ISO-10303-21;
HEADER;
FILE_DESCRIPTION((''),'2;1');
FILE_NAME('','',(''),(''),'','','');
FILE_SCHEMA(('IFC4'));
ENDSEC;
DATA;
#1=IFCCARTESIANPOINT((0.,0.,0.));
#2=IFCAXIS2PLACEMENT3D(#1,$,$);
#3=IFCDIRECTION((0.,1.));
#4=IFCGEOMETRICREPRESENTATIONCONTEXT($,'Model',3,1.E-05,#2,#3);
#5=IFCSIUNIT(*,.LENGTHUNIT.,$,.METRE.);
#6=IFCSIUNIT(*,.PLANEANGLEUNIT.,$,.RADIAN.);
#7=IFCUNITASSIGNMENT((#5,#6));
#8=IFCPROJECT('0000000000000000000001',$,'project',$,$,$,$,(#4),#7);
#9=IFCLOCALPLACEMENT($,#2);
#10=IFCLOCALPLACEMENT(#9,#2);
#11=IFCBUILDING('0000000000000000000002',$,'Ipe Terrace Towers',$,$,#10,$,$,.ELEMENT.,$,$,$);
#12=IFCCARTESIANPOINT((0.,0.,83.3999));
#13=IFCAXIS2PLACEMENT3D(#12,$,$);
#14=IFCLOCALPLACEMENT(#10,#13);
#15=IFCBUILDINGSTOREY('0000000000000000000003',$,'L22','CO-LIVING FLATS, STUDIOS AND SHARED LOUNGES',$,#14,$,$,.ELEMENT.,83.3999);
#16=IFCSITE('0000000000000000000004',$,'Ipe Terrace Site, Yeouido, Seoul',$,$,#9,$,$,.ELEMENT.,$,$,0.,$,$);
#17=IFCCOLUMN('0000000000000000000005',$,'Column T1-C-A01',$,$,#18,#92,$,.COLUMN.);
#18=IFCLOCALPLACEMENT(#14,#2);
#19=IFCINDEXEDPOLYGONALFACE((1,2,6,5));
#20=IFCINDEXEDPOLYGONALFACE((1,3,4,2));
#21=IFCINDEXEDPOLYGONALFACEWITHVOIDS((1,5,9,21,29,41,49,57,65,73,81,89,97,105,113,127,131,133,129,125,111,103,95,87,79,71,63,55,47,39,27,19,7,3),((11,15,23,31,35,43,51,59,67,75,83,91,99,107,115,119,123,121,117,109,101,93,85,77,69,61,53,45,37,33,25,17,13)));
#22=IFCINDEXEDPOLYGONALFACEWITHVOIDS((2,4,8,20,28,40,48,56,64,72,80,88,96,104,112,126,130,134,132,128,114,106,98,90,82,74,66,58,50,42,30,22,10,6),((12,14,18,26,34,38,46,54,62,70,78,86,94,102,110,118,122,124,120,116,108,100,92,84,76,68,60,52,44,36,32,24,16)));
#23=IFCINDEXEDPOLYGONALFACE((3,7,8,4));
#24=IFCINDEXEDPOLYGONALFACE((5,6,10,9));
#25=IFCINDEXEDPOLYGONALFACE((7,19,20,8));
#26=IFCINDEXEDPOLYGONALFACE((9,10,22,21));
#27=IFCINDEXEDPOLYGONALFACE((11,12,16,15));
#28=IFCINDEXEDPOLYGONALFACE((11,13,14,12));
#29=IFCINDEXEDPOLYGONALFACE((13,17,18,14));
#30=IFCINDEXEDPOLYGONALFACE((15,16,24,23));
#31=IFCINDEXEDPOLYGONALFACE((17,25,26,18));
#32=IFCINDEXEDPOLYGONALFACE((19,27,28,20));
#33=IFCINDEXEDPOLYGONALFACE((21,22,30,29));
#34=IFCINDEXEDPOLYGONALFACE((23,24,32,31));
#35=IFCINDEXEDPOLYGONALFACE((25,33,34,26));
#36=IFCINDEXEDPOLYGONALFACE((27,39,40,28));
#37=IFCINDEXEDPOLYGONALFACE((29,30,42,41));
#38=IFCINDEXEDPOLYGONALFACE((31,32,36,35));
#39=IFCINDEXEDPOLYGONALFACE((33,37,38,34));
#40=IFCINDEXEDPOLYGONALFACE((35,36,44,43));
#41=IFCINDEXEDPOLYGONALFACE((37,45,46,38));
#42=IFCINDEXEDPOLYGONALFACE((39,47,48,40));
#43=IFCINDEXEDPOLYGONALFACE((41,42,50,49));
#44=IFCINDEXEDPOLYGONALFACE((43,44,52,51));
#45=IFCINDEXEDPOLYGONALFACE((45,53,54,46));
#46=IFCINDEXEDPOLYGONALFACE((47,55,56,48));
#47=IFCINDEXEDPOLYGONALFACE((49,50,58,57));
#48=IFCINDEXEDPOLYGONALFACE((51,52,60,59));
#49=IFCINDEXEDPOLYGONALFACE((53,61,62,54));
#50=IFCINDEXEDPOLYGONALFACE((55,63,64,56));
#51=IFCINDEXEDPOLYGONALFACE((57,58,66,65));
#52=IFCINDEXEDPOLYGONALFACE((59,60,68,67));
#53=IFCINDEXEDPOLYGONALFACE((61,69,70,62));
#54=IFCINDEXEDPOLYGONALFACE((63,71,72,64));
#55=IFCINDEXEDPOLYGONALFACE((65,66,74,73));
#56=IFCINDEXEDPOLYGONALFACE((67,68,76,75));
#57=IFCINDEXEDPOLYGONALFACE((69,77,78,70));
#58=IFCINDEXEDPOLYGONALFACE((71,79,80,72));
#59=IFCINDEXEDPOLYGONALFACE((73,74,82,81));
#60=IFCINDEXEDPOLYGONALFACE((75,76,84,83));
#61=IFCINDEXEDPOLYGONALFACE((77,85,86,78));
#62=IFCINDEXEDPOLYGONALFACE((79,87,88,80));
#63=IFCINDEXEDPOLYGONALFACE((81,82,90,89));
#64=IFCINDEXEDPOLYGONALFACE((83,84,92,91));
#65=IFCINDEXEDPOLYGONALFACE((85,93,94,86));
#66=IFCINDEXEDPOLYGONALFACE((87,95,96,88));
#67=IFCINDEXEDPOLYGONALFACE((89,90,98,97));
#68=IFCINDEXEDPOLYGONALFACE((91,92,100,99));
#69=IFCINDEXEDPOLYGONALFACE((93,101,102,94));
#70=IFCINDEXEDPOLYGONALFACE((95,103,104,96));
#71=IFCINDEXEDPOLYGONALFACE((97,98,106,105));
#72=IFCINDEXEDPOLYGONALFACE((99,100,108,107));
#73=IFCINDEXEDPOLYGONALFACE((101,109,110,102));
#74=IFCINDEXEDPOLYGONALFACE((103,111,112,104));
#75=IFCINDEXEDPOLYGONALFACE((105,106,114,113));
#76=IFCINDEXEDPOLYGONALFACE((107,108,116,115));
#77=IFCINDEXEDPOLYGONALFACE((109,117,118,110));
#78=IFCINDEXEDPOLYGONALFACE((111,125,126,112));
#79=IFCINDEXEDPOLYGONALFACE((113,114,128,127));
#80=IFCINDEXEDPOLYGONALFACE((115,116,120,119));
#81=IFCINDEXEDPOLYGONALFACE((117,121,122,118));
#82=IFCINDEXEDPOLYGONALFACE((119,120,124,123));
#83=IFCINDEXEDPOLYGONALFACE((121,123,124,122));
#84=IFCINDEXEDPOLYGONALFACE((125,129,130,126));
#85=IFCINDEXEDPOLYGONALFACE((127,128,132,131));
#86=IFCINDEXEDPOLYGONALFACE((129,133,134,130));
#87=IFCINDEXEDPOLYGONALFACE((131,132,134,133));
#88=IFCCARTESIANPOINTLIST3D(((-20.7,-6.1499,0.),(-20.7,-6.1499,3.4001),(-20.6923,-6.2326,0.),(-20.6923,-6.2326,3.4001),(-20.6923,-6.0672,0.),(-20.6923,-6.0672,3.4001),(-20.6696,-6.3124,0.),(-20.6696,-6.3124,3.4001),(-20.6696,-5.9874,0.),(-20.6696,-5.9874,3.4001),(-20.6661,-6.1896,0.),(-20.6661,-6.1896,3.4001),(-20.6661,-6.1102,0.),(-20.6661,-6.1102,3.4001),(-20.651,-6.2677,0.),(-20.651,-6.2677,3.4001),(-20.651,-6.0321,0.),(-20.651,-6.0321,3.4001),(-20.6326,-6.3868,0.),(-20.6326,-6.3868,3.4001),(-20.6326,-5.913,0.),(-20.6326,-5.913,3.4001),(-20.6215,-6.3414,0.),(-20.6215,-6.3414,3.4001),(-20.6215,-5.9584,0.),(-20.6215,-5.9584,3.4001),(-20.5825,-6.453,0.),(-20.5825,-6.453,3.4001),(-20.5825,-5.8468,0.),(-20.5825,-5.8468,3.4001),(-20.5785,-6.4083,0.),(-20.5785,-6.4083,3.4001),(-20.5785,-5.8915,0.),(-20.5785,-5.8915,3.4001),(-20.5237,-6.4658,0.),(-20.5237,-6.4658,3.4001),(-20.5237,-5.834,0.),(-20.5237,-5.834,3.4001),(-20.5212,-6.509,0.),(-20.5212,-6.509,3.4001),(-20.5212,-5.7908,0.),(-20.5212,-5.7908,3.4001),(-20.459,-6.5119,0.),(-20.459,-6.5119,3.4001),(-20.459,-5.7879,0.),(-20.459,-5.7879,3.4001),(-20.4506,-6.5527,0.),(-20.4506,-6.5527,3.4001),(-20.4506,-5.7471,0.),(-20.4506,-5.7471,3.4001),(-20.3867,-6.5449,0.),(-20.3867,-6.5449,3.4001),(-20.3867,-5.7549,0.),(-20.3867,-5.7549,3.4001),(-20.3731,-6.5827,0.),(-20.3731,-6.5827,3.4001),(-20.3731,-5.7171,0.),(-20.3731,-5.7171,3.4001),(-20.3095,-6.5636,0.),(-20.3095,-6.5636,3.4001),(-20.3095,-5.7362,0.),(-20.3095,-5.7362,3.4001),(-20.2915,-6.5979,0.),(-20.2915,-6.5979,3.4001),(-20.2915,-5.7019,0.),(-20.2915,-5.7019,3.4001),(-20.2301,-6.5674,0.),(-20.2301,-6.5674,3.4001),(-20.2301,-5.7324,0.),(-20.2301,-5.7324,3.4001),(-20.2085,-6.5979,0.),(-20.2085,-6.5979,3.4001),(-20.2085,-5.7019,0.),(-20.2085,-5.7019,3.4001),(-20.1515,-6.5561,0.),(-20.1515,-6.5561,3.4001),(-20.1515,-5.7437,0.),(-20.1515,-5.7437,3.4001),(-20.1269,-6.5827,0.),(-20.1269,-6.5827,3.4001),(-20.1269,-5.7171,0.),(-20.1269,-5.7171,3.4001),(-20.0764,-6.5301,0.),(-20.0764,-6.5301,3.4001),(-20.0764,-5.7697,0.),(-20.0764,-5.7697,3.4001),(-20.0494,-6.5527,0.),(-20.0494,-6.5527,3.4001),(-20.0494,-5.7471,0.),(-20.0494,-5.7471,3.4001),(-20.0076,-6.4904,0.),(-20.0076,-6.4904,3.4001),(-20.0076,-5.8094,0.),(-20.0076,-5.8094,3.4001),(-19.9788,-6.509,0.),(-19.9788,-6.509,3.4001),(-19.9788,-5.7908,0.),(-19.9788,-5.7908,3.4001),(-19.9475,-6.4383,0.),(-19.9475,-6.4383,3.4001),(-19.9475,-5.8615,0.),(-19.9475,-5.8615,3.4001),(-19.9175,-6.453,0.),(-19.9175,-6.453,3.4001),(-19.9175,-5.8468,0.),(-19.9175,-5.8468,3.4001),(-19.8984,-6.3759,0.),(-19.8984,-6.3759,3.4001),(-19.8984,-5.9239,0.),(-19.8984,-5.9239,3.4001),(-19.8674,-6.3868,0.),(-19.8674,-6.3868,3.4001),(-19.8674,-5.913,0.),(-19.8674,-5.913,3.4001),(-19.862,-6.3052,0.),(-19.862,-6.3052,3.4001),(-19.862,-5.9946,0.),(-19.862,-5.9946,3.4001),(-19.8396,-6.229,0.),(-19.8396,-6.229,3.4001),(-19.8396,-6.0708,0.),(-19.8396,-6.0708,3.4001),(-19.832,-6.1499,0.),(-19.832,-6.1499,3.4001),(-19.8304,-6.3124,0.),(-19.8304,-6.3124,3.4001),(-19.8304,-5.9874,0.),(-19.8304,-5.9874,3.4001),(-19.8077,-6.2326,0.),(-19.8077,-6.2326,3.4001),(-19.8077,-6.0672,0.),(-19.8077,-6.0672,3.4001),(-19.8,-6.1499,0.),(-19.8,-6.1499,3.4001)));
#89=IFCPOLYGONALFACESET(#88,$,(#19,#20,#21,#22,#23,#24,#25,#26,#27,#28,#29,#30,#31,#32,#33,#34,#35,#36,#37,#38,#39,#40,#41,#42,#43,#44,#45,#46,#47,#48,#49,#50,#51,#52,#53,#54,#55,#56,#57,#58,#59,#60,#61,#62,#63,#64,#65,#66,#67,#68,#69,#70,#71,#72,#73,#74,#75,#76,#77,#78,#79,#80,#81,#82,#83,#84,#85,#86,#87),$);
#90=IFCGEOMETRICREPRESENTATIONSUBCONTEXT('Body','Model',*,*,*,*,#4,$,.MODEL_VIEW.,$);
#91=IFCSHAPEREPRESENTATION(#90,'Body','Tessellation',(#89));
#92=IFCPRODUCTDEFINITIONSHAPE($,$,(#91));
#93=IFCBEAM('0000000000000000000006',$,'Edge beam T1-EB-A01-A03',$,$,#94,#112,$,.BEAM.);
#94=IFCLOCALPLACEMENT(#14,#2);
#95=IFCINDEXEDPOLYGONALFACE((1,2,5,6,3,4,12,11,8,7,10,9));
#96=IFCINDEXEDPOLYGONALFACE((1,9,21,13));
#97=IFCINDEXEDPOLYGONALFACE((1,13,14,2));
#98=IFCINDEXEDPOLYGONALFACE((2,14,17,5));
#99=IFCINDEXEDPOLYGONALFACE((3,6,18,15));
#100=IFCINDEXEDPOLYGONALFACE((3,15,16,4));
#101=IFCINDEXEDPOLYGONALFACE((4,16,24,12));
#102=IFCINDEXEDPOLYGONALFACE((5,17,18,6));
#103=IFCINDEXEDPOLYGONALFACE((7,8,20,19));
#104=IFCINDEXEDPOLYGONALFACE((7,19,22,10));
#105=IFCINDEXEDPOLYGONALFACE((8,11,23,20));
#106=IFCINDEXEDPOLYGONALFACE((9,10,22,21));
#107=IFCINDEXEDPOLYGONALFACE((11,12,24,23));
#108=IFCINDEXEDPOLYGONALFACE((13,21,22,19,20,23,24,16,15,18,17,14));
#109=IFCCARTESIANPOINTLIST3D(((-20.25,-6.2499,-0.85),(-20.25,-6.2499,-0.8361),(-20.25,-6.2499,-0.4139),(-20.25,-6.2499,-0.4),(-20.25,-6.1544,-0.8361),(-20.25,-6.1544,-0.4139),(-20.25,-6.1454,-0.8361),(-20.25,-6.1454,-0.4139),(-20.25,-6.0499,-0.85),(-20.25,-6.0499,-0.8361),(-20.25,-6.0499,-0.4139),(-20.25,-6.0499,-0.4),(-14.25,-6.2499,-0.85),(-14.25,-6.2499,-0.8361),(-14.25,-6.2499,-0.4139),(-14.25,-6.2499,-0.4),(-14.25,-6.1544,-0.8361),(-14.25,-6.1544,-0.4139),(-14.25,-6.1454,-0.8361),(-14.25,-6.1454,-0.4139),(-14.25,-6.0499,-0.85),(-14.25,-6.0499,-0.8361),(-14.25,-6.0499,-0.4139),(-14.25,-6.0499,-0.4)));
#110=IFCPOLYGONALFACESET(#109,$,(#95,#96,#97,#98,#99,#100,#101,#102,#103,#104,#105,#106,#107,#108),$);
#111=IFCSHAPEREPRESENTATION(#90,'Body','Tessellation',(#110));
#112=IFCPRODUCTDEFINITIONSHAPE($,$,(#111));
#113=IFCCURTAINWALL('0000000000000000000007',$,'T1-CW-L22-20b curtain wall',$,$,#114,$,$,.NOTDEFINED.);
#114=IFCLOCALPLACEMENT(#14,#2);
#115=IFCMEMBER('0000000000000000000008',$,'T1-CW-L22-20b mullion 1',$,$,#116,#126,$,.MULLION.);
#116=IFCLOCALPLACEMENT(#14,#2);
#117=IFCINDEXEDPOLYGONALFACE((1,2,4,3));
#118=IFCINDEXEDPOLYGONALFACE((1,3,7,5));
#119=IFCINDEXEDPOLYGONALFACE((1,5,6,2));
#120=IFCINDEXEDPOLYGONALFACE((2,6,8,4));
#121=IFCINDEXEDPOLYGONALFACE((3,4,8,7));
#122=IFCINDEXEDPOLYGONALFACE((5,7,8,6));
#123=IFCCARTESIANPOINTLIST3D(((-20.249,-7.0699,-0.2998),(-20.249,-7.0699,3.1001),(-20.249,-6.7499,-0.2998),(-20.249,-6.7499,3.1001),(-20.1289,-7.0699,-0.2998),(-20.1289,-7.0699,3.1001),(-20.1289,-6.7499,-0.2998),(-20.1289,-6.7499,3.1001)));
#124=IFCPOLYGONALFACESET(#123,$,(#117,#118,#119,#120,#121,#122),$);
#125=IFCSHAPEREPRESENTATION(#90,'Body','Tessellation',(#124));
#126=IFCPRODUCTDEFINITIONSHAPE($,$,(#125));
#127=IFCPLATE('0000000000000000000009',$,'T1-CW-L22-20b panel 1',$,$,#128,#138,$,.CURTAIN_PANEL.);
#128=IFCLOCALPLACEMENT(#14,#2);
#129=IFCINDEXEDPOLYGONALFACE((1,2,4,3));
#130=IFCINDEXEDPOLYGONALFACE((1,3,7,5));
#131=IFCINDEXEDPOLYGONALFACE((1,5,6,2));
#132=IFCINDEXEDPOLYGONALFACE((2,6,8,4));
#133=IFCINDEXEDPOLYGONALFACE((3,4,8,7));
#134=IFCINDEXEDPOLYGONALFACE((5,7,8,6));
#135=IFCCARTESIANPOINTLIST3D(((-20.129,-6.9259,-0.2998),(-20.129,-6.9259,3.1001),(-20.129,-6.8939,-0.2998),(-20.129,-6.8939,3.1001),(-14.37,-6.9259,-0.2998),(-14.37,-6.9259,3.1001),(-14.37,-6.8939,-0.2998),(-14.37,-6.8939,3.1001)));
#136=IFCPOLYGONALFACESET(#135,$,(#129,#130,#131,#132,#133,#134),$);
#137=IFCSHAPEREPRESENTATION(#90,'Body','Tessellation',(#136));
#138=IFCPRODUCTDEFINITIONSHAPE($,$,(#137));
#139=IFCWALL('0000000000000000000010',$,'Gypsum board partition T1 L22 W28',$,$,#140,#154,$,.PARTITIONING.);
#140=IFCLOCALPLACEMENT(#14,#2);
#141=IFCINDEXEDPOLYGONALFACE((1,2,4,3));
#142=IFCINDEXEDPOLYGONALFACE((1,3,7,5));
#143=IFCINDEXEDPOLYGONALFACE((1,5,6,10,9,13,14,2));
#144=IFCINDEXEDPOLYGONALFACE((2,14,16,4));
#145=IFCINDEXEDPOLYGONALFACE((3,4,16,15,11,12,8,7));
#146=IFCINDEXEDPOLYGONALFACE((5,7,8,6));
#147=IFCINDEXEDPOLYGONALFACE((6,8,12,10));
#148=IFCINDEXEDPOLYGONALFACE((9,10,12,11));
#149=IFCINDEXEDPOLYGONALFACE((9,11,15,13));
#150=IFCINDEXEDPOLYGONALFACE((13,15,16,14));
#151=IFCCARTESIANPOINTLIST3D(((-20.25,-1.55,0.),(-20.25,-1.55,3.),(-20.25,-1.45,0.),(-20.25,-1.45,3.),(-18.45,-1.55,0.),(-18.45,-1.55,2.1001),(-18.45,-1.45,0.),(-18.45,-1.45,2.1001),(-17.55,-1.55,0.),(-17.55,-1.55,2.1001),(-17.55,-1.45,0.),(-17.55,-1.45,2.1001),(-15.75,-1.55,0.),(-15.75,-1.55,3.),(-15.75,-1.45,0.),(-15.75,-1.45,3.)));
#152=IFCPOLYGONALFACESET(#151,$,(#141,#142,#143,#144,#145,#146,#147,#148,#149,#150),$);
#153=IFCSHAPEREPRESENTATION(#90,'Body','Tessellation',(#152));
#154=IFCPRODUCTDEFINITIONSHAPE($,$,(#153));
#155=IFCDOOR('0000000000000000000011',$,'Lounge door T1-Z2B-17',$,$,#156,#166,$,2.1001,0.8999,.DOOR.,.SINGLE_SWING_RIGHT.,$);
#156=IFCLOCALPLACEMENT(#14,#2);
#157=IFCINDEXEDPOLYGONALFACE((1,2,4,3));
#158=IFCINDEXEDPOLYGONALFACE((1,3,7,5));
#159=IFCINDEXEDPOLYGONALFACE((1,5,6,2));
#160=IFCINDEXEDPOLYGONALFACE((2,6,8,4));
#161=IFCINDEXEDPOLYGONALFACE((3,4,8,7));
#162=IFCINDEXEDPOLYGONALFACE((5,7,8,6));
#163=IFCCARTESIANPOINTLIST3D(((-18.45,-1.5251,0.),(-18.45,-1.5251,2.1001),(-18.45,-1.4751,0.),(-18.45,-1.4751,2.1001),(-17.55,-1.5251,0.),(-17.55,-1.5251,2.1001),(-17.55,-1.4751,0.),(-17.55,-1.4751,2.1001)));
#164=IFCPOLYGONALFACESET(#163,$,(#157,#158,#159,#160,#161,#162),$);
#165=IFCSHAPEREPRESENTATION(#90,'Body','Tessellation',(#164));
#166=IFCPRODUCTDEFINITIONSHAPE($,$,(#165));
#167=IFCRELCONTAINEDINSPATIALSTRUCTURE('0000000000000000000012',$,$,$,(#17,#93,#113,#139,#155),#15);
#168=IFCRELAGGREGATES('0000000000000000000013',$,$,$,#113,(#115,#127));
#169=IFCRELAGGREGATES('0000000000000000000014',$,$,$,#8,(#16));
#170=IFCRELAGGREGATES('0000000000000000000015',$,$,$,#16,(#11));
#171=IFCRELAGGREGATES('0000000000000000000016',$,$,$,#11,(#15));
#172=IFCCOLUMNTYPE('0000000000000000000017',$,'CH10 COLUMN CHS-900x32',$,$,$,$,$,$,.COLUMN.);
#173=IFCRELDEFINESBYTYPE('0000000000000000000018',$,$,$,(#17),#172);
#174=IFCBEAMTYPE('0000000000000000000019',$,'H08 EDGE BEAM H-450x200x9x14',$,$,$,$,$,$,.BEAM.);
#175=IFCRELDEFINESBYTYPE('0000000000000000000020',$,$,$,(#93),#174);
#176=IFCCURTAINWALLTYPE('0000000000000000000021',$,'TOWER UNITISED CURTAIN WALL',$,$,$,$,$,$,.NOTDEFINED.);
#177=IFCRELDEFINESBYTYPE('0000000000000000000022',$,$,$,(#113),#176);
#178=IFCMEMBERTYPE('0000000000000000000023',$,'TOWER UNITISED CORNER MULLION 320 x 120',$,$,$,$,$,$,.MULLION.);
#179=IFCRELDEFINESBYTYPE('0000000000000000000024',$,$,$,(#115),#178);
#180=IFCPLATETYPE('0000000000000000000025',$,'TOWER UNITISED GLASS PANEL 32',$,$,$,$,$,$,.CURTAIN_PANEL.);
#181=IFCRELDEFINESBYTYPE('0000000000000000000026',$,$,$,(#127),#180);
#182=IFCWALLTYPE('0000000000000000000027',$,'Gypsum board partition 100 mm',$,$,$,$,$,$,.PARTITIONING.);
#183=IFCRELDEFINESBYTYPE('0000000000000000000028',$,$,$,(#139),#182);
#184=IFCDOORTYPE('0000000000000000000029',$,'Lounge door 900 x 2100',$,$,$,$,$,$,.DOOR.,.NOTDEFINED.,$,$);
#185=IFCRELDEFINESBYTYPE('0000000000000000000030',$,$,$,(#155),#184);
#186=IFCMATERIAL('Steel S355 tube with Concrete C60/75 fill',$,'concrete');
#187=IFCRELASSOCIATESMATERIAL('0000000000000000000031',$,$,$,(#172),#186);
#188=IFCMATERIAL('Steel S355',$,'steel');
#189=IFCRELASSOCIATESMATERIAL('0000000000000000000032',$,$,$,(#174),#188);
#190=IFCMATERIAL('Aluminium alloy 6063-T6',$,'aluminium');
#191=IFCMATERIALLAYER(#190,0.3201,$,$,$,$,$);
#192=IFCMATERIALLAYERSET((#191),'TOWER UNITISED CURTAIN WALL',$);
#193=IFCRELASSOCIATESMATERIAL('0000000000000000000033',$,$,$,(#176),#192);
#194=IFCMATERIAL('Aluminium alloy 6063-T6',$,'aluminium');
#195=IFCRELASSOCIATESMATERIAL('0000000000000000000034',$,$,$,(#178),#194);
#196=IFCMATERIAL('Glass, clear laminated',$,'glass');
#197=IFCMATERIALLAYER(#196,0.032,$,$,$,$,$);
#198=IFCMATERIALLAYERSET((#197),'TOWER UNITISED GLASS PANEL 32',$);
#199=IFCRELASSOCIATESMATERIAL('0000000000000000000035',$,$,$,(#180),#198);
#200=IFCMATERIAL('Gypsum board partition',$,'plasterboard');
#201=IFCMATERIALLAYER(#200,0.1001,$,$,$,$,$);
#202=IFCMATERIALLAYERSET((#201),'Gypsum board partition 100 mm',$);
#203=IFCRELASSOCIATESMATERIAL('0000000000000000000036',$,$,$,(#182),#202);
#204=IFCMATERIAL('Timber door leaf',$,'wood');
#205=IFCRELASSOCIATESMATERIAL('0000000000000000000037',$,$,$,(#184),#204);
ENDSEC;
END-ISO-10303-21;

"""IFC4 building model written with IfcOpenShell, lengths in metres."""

from ifc_helpers import new_model, si_unit, direction, frame, frame_2d, origin, origin_2d, place, context, subcontext, project, spatial, rectangle, hollow_circle, i_section, extrude, material, layer, layer_set, material_profile, profile_set, type_object, element, fill, aggregate, save


model = new_model("IFC4")

# Units and contexts
model_context = context("Model", 3, precision=1e-05, world=origin(), true_north=direction((0.0, 1.0)))
body_context = subcontext(model_context, "Body", "Model", "MODEL_VIEW")
ifc_project = project(units=[si_unit("LENGTHUNIT", "METRE"), si_unit("PLANEANGLEUNIT", "RADIAN")], contexts=[model_context])

# Site, building, storey
site_placement = place(None, origin())
site = spatial("IfcSite", under=ifc_project, at=site_placement, Name="Ipe Terrace Site, Yeouido, Seoul", CompositionType="ELEMENT", RefElevation=0.0)
building_placement = place(site_placement, origin())
building = spatial("IfcBuilding", under=site, at=building_placement, Name="Ipe Terrace Towers", CompositionType="ELEMENT")
storey_placement = place(building_placement, frame((0.0, 0.0, 83.3999)))
storey = spatial("IfcBuildingStorey", under=building, at=storey_placement, Name="L22", Description="CO-LIVING FLATS, STUDIOS AND SHARED LOUNGES", CompositionType="ELEMENT", Elevation=83.3999)

# Column
ifc_material_1 = material(Name="Steel S355 tube with Concrete C60/75 fill", Category="concrete")
ifc_material_profile_1 = material_profile(ifc_material_1, hollow_circle(Radius=0.45, WallThickness=0.032, at=origin_2d()), Name="CHS-900x32")
ifc_profile_set_1 = profile_set([ifc_material_profile_1], Name="Steel S355 tube with Concrete C60/75 fill")
column_type = type_object("IfcColumnType", Name="CH10 COLUMN CHS-900x32", PredefinedType="COLUMN", material=ifc_profile_set_1)
column_placement = place(storey_placement, frame((-20.25, -6.1499, 0.0), z_axis=(0.0, 0.0, 1.0), x_axis=(1.0, 0.0, 0.0)))
element("IfcColumn", 1, at=column_placement, inside=storey, type_object=column_type, Name="Column T1-C-A01", PredefinedType="COLUMN", context=body_context, shape_type="SweptSolid", body=[
    extrude(hollow_circle(Radius=0.45, WallThickness=0.032, at=origin_2d()), origin(), (0.0, 0.0, 1.0), 3.4001),
])

# Beam
ifc_material_2 = material(Name="Steel S355", Category="steel")
ifc_material_profile_2 = material_profile(ifc_material_2, i_section(OverallWidth=0.2, OverallDepth=0.45, WebThickness=0.009, FlangeThickness=0.0139, at=origin_2d()), Name="H-450x200x9x14")
ifc_profile_set_2 = profile_set([ifc_material_profile_2], Name="Steel S355")
beam_type = type_object("IfcBeamType", Name="H08 EDGE BEAM H-450x200x9x14", PredefinedType="BEAM", material=ifc_profile_set_2)
beam_placement = place(storey_placement, frame((-20.25, -6.1499, -0.625), z_axis=(1.0, 0.0, 0.0), x_axis=(0.0, 1.0, 0.0)))
element("IfcBeam", 2, at=beam_placement, inside=storey, type_object=beam_type, Name="Edge beam T1-EB-A01-A03", PredefinedType="BEAM", context=body_context, shape_type="SweptSolid", body=[
    extrude(i_section(OverallWidth=0.2, OverallDepth=0.45, WebThickness=0.009, FlangeThickness=0.0139, at=origin_2d()), origin(), (0.0, 0.0, 1.0), 6.0),
])

# Curtain wall, member, plate
ifc_material_3 = material(Name="Aluminium alloy 6063-T6", Category="aluminium")
ifc_layer_1 = layer(ifc_material_3, 0.3201)
ifc_layer_set_1 = layer_set([ifc_layer_1], Name="TOWER UNITISED CURTAIN WALL")
curtain_wall_type = type_object("IfcCurtainWallType", Name="TOWER UNITISED CURTAIN WALL", PredefinedType="NOTDEFINED", material=ifc_layer_set_1)
curtain_wall_placement = place(storey_placement, origin())
curtain_wall = element("IfcCurtainWall", 3, at=curtain_wall_placement, inside=storey, type_object=curtain_wall_type, Name="T1-CW-L22-20b curtain wall", PredefinedType="NOTDEFINED")
ifc_material_4 = material(Name="Aluminium alloy 6063-T6", Category="aluminium")
ifc_material_profile_3 = material_profile(ifc_material_4, rectangle(XDim=0.3201, YDim=0.1201, at=origin_2d()), Name="TOWER UNITISED CORNER MULLION 320 x 120")
ifc_profile_set_3 = profile_set([ifc_material_profile_3], Name="Aluminium alloy 6063-T6")
member_type = type_object("IfcMemberType", Name="TOWER UNITISED CORNER MULLION 320 x 120", PredefinedType="MULLION", material=ifc_profile_set_3)
member_placement = place(storey_placement, frame((-20.189, -6.9099, -0.2998), z_axis=(0.0, 0.0, 1.0), x_axis=(0.0, -1.0, 0.0)))
member = element("IfcMember", 4, at=member_placement, type_object=member_type, Name="T1-CW-L22-20b mullion 1", PredefinedType="MULLION", context=body_context, shape_type="SweptSolid", body=[
    extrude(rectangle(XDim=0.3201, YDim=0.1201, at=origin_2d()), origin(), (0.0, 0.0, 1.0), 3.3999),
])
ifc_material_5 = material(Name="Glass, clear laminated", Category="glass")
ifc_layer_2 = layer(ifc_material_5, 0.032)
ifc_layer_set_2 = layer_set([ifc_layer_2], Name="TOWER UNITISED GLASS PANEL 32")
plate_type = type_object("IfcPlateType", Name="TOWER UNITISED GLASS PANEL 32", PredefinedType="CURTAIN_PANEL", material=ifc_layer_set_2)
plate_placement = place(storey_placement, frame((-17.2495, -6.9099, -0.2998), z_axis=(0.0, 0.0, 1.0), x_axis=(1.0, 0.0, 0.0)))
plate = element("IfcPlate", 5, at=plate_placement, type_object=plate_type, Name="T1-CW-L22-20b panel 1", PredefinedType="CURTAIN_PANEL", context=body_context, shape_type="SweptSolid", body=[
    extrude(rectangle(XDim=5.759, YDim=0.032, at=origin_2d()), origin(), (0.0, 0.0, 1.0), 3.3999),
])
aggregate(curtain_wall, [member, plate])

# Wall, opening, door
ifc_material_6 = material(Name="Gypsum board partition", Category="plasterboard")
ifc_layer_3 = layer(ifc_material_6, 0.1001)
ifc_layer_set_3 = layer_set([ifc_layer_3], Name="Gypsum board partition 100 mm")
wall_type_1 = type_object("IfcWallType", Name="Gypsum board partition 100 mm", PredefinedType="PARTITIONING", material=ifc_layer_set_3)
wall_1_placement = place(storey_placement, frame((-20.25, -1.5, 0.0), z_axis=(0.0, 0.0, 1.0), x_axis=(1.0, 0.0, 0.0)))
wall_1 = element("IfcWall", 6, at=wall_1_placement, inside=storey, type_object=wall_type_1, Name="Gypsum board partition T1 L22 W28", PredefinedType="PARTITIONING", context=body_context, shape_type="SweptSolid", body=[
    extrude(rectangle(XDim=4.5, YDim=0.1001, at=frame_2d((2.25, 0.0))), origin(), (0.0, 0.0, 1.0), 3.0),
])
opening_1_placement = place(wall_1_placement, frame((1.8, 0.0, 0.0)))
opening_1 = element("IfcOpeningElement", 7, at=opening_1_placement, cuts=wall_1, PredefinedType="OPENING", context=body_context, shape_type="SweptSolid", body=[
    extrude(rectangle(XDim=0.8999, YDim=2.1001, at=frame_2d((0.45, 1.05))), frame((0.0, 0.0601, 0.0), z_axis=(0.0, -1.0, 0.0), x_axis=(1.0, 0.0, 0.0)), (0.0, 0.0, 1.0), 0.1201),
])
ifc_material_7 = material(Name="Timber door leaf", Category="wood")
door_type_1 = type_object("IfcDoorType", Name="Lounge door 900 x 2100", OperationType="NOTDEFINED", PredefinedType="DOOR", material=ifc_material_7)
door_1_placement = place(opening_1_placement, origin())
door_1 = element("IfcDoor", 8, at=door_1_placement, inside=storey, type_object=door_type_1, Name="Lounge door T1-Z2B-17", OperationType="SINGLE_SWING_RIGHT", OverallHeight=2.1001, OverallWidth=0.8999, PredefinedType="DOOR", context=body_context, shape_type="SweptSolid", body=[
    extrude(rectangle(XDim=0.8999, YDim=2.1001, at=frame_2d((0.45, 1.05))), frame((0.0, 0.0249, 0.0), z_axis=(0.0, -1.0, 0.0), x_axis=(1.0, 0.0, 0.0)), (0.0, 0.0, 1.0), 0.05),
])
fill(opening_1, door_1)

save(model, "model.ifc")
